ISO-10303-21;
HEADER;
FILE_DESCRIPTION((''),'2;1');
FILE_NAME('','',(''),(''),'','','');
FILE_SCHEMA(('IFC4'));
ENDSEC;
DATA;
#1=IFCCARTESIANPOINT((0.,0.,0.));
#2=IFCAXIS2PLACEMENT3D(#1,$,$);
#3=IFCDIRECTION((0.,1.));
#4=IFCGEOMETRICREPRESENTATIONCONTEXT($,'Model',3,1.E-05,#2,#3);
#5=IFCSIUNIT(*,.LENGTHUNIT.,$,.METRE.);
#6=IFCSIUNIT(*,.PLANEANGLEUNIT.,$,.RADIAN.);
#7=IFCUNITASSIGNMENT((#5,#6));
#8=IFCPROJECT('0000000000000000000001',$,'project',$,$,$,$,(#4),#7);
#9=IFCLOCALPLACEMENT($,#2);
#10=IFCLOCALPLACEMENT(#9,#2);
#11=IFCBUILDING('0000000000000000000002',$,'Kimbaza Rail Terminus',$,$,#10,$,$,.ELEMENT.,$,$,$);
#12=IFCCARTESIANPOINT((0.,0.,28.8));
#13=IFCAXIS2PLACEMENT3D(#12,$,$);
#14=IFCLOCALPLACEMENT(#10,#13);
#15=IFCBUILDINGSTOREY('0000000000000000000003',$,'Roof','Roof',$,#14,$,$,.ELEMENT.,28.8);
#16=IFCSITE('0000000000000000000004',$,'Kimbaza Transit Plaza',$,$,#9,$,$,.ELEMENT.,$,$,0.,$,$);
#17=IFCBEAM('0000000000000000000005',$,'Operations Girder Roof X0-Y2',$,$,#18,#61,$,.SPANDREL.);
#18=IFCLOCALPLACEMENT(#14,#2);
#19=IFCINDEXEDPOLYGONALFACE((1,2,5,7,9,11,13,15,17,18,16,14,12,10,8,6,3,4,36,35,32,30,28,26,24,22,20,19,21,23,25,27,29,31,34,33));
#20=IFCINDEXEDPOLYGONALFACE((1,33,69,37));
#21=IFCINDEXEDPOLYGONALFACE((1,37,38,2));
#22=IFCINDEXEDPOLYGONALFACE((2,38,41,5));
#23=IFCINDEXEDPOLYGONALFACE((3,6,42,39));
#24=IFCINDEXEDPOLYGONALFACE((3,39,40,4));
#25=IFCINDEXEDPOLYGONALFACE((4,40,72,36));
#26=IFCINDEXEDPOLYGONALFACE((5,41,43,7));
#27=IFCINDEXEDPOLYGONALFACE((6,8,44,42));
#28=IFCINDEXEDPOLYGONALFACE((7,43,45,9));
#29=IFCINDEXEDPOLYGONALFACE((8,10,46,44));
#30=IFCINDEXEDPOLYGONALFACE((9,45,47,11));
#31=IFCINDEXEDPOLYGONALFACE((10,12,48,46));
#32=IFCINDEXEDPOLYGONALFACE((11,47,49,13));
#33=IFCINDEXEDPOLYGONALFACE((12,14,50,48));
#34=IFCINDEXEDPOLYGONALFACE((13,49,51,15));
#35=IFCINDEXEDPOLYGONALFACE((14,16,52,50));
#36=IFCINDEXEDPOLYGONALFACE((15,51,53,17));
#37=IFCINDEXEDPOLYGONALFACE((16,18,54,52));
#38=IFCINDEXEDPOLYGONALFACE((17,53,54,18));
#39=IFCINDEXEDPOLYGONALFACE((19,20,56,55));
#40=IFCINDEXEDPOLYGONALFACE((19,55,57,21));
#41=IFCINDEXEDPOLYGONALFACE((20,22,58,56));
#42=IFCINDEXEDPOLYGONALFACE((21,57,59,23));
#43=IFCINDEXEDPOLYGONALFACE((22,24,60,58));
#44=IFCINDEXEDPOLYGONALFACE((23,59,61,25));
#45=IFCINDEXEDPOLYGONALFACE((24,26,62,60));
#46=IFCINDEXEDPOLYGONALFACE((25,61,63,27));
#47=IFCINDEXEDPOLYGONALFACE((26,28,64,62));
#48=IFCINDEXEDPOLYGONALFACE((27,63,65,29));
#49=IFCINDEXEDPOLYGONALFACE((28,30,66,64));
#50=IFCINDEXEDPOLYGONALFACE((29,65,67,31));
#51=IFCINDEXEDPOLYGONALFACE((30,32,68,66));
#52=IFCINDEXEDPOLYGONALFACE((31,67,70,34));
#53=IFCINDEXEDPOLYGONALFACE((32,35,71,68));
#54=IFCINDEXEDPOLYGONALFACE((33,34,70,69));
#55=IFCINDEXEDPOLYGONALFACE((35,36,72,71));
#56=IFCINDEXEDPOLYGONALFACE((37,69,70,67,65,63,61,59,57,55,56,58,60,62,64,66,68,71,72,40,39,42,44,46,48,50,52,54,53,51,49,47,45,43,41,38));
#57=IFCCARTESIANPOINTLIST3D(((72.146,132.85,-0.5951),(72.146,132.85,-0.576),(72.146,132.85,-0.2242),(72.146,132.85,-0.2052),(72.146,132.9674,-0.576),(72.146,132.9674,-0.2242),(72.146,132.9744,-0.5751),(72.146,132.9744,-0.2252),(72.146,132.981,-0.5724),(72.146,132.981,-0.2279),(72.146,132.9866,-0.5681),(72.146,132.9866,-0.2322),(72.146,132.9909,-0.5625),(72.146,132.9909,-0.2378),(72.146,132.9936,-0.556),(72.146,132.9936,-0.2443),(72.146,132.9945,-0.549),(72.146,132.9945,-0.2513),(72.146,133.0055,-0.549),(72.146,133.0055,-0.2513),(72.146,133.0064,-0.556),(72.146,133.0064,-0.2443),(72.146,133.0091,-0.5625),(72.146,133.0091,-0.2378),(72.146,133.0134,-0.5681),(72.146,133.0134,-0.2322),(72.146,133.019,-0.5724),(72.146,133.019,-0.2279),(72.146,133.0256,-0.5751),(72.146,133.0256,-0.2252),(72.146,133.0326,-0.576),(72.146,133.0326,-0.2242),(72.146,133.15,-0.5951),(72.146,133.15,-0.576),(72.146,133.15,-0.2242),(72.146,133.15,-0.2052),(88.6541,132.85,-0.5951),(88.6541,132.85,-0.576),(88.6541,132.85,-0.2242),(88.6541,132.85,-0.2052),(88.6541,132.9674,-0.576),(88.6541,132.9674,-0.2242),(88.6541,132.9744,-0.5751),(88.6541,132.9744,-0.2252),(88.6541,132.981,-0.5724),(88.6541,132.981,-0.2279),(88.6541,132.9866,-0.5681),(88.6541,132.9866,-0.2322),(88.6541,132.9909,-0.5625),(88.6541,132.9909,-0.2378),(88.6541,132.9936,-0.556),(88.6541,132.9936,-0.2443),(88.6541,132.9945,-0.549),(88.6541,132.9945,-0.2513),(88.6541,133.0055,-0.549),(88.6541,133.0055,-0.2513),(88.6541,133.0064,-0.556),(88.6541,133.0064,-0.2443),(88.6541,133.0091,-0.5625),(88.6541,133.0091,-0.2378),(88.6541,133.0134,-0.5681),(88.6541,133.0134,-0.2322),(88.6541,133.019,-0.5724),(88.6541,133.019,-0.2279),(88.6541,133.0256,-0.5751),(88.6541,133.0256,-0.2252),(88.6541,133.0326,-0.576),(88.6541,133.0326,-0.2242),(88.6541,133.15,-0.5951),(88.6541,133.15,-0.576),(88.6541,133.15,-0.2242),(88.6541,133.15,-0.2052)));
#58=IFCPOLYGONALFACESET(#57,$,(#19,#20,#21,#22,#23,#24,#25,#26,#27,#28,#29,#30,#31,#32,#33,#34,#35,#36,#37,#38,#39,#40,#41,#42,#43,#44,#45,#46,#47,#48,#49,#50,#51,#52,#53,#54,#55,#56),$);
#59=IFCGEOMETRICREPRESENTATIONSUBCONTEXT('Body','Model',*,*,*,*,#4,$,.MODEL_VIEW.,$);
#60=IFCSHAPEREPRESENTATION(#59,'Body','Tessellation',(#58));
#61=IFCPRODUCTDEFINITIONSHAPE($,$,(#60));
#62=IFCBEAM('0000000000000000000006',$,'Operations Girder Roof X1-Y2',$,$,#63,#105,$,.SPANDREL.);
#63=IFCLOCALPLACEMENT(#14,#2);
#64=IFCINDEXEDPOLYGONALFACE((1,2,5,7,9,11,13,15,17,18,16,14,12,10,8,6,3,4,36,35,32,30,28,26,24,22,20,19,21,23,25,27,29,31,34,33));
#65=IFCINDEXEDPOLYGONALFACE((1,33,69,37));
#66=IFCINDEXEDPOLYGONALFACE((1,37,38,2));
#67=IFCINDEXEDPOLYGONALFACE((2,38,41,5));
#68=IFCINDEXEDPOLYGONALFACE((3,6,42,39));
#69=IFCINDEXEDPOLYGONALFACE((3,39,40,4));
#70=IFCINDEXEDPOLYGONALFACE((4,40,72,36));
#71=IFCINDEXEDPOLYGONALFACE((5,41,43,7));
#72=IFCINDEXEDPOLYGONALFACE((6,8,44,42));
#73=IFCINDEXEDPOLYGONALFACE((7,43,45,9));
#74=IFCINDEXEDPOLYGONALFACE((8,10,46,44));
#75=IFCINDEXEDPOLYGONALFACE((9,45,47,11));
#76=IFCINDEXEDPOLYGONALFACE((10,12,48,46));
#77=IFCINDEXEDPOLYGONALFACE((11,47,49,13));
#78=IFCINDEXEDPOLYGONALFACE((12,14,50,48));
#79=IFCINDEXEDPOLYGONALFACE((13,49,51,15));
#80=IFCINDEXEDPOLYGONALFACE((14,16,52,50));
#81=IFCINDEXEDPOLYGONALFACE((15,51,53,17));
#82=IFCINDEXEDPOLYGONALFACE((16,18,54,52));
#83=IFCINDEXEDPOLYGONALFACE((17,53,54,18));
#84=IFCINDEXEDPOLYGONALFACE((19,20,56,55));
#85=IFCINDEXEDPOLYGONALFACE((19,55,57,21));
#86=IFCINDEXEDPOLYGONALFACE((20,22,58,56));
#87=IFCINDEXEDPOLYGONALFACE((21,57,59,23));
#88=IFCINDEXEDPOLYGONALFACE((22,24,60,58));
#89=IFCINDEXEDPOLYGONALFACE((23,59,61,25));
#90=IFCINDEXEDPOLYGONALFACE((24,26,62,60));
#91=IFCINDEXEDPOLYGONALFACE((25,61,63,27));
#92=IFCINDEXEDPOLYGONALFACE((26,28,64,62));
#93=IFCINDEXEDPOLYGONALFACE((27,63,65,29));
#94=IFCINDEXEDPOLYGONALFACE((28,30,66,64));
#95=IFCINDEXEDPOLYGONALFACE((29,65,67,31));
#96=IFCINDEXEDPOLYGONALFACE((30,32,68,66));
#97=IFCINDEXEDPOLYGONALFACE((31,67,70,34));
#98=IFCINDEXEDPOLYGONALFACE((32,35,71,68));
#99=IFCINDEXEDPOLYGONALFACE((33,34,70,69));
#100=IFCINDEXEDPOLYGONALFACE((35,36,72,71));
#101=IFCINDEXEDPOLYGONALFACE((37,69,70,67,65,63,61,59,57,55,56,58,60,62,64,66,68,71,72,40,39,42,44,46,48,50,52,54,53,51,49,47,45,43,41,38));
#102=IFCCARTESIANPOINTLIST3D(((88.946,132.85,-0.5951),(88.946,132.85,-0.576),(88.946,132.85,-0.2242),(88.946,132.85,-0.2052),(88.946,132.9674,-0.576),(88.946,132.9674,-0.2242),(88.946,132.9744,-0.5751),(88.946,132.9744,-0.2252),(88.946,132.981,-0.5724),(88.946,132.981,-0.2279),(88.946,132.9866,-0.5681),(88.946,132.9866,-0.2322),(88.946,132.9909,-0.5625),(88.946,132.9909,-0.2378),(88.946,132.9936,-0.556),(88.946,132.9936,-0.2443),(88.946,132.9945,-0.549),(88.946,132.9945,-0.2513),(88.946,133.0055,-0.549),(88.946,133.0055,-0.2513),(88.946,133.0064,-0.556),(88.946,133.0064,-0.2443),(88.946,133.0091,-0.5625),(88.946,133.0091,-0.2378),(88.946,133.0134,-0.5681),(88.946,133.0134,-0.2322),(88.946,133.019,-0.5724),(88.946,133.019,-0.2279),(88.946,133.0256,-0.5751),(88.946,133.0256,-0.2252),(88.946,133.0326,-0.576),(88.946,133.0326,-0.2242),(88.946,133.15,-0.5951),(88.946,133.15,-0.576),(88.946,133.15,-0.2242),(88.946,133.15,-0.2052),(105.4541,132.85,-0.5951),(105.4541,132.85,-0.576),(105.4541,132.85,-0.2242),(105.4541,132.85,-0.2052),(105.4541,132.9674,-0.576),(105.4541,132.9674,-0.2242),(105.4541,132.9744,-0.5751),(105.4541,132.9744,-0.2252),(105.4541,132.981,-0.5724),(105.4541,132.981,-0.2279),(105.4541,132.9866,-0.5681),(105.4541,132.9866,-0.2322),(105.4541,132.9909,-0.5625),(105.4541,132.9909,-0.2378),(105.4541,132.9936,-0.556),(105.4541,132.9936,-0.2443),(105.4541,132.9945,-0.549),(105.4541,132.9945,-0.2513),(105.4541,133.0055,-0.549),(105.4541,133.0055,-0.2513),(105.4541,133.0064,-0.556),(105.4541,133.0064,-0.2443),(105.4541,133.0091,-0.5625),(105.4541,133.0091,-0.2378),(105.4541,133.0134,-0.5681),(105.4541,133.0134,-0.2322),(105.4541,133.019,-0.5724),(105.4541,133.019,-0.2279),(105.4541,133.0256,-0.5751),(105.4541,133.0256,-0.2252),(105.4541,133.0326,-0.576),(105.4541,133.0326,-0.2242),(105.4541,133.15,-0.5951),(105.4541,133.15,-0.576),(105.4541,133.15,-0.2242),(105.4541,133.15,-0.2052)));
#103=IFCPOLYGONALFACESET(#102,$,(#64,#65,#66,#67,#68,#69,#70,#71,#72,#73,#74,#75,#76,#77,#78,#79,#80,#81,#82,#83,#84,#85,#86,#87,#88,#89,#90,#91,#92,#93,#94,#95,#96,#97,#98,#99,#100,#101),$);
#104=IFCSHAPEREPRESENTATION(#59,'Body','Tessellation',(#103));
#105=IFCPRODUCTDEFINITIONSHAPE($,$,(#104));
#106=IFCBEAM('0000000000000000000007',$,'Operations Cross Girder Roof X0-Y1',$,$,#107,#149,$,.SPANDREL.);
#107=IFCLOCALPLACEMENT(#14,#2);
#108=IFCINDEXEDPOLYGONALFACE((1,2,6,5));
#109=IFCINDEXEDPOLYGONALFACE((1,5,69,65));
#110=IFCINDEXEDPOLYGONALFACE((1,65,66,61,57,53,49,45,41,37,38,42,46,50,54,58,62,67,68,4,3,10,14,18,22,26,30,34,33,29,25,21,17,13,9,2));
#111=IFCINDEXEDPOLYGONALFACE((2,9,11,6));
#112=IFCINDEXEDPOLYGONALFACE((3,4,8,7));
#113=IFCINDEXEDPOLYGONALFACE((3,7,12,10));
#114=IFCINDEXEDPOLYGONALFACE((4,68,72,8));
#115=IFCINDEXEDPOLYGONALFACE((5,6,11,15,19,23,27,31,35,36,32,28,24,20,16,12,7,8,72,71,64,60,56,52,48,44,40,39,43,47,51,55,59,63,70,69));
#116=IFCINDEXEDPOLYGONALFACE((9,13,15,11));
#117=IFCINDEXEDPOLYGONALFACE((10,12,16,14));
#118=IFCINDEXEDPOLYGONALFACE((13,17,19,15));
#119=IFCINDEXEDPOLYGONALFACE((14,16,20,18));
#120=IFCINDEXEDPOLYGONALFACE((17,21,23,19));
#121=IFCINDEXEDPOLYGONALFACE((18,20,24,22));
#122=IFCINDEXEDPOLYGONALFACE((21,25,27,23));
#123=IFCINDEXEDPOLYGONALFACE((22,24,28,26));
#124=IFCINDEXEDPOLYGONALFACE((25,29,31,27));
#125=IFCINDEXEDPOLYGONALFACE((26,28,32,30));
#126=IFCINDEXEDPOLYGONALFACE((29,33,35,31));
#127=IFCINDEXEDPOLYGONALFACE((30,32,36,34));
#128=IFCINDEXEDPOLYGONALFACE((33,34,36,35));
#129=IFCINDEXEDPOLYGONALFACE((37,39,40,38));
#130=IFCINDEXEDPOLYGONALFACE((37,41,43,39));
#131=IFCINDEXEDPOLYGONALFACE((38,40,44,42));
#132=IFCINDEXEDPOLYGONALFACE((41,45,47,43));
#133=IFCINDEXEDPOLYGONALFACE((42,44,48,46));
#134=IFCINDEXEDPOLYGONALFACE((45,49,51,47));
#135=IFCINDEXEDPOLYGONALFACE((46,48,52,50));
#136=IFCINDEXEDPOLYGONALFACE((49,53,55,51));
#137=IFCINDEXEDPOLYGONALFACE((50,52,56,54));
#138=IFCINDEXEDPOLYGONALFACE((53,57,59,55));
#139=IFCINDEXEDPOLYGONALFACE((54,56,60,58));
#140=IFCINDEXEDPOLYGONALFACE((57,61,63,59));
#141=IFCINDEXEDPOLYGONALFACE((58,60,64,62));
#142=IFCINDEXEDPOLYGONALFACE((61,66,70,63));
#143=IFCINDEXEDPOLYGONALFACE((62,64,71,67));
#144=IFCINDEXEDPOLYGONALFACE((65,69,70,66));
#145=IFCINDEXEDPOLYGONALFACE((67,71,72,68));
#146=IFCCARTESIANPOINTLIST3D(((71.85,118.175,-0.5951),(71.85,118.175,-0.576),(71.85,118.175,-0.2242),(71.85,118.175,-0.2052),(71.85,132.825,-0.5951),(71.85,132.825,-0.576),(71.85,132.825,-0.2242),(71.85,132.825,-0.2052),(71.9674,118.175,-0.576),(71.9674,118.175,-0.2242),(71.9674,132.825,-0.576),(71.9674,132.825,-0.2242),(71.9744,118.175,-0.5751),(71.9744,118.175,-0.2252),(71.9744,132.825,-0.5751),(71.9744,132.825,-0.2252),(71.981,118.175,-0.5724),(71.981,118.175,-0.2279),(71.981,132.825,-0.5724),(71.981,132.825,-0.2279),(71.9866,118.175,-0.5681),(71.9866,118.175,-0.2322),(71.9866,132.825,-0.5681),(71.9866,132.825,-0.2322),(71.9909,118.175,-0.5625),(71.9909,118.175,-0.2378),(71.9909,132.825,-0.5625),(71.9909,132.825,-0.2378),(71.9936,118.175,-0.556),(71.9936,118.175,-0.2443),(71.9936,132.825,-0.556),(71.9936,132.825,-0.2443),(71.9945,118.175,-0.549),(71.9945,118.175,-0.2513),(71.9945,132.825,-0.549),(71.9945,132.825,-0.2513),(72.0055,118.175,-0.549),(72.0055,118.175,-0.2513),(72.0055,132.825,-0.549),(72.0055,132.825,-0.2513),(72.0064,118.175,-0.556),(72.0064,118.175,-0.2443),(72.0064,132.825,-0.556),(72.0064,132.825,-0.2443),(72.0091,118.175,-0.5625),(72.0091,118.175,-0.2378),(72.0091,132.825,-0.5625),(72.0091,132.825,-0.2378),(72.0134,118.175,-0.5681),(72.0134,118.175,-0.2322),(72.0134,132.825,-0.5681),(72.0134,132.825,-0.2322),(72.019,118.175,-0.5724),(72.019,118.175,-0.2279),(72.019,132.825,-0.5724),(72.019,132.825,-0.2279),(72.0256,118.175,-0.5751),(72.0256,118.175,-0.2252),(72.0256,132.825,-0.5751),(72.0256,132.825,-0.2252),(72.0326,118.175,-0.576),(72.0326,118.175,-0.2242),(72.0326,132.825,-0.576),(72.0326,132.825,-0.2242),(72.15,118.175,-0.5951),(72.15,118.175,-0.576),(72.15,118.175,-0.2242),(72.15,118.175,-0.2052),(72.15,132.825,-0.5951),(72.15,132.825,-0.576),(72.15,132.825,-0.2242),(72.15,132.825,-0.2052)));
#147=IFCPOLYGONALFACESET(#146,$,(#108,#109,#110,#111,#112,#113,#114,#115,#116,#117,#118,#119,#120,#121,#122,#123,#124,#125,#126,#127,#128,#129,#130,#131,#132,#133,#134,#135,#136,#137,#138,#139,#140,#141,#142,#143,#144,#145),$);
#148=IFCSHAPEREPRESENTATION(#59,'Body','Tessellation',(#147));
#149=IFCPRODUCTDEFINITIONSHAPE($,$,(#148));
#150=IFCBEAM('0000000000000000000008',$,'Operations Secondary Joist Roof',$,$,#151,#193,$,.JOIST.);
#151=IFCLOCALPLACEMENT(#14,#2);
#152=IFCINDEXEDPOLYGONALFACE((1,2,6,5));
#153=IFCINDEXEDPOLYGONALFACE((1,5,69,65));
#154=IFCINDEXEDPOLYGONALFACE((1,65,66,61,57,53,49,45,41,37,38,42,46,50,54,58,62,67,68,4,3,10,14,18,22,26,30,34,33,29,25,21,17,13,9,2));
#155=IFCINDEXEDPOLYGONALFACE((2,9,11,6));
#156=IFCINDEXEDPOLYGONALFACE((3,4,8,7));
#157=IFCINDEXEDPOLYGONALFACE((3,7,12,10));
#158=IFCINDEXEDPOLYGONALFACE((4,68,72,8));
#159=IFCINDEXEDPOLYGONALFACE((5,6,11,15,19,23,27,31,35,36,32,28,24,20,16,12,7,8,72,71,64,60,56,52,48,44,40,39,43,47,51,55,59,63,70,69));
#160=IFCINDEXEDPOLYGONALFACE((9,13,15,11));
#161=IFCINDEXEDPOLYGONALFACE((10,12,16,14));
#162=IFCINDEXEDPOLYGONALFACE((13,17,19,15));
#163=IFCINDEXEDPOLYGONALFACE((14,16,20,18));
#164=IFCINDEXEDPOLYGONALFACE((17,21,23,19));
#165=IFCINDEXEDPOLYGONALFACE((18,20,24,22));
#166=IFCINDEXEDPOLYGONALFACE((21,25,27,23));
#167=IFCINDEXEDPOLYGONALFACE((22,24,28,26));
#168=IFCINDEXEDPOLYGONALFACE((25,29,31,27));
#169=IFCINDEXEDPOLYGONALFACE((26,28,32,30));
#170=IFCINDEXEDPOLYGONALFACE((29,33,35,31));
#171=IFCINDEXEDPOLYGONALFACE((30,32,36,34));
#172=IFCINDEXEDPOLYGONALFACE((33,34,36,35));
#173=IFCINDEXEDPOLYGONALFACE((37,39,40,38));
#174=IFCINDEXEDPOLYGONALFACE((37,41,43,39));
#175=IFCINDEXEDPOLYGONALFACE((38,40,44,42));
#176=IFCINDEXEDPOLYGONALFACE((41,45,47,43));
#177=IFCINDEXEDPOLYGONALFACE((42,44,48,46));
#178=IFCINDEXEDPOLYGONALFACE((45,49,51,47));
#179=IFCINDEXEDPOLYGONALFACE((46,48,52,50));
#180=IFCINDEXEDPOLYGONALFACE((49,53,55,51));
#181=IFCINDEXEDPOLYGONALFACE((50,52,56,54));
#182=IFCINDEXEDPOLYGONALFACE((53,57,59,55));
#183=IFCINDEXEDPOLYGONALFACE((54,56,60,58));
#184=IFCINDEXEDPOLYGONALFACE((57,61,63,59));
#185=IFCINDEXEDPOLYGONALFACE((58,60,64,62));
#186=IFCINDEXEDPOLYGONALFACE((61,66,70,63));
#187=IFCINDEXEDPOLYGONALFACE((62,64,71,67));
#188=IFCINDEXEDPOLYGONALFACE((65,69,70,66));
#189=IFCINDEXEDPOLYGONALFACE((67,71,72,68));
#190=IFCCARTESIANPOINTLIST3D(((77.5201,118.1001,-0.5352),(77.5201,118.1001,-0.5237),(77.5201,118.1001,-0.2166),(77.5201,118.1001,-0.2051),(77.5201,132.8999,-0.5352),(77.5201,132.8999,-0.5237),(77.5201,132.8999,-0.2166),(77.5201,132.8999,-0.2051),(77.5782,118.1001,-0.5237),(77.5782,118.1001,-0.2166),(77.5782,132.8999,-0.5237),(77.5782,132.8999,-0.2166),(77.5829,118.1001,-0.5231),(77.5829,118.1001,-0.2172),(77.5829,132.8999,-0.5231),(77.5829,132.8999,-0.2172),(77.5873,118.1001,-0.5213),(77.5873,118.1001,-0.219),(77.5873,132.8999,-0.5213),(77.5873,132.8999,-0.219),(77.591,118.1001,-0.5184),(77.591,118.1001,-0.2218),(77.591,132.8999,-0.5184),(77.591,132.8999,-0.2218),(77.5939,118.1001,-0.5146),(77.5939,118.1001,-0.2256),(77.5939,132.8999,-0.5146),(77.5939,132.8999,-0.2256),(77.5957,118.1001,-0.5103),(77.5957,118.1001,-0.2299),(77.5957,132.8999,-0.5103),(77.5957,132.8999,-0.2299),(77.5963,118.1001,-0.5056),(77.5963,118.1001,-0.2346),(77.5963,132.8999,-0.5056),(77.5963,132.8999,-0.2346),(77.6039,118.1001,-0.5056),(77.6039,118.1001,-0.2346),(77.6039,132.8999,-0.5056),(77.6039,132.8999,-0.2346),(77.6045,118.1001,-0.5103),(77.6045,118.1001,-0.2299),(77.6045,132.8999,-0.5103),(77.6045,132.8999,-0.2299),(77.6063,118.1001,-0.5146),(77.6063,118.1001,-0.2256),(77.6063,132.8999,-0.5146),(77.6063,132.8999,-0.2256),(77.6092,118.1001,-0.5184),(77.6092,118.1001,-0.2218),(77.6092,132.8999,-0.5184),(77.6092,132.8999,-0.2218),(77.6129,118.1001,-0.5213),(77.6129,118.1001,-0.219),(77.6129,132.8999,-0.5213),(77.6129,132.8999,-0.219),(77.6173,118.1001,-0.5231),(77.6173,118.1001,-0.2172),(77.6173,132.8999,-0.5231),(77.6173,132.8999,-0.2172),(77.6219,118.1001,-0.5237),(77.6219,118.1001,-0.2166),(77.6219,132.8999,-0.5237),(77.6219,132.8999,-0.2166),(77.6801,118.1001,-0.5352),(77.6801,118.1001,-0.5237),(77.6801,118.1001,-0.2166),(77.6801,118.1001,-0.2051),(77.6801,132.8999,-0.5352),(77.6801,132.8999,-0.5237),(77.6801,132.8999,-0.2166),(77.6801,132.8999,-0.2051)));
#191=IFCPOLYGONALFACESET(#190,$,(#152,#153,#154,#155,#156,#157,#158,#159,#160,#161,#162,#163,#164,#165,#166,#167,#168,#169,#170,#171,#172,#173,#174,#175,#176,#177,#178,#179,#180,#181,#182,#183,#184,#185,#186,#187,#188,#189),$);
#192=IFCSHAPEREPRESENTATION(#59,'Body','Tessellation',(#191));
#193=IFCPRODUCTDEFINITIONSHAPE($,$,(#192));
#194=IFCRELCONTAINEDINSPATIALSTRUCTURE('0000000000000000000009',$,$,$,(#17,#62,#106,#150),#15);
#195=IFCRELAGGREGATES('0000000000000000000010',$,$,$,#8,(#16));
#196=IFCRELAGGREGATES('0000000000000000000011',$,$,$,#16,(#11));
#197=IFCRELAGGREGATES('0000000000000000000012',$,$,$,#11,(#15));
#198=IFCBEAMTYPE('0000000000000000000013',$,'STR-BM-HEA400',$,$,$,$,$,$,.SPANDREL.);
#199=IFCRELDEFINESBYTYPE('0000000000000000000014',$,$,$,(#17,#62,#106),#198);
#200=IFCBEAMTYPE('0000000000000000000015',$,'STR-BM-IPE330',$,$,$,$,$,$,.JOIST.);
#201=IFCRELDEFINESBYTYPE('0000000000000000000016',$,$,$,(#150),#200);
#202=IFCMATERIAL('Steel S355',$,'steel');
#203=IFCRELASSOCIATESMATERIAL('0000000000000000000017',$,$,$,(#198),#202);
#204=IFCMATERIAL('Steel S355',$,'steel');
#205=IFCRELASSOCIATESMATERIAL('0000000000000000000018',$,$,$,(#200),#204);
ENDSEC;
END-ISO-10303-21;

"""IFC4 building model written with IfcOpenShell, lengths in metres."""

from ifc_helpers import new_model, si_unit, direction, frame, origin, origin_2d, place, context, subcontext, project, spatial, i_section, extrude, material, material_profile, profile_set, type_object, element, save


model = new_model("IFC4")

# Units and contexts
model_context = context("Model", 3, precision=1e-05, world=origin(), true_north=direction((0.0, 1.0)))
body_context = subcontext(model_context, "Body", "Model", "MODEL_VIEW")
ifc_project = project(units=[si_unit("LENGTHUNIT", "METRE"), si_unit("PLANEANGLEUNIT", "RADIAN")], contexts=[model_context])

# Site, building, storey
site_placement = place(None, origin())
site = spatial("IfcSite", under=ifc_project, at=site_placement, Name="Kimbaza Transit Plaza", CompositionType="ELEMENT", RefElevation=0.0)
building_placement = place(site_placement, origin())
building = spatial("IfcBuilding", under=site, at=building_placement, Name="Kimbaza Rail Terminus", CompositionType="ELEMENT")
storey_placement = place(building_placement, frame((0.0, 0.0, 28.8)))
storey = spatial("IfcBuildingStorey", under=building, at=storey_placement, Name="Roof", Description="Roof", CompositionType="ELEMENT", Elevation=28.8)

# Beams
ifc_material_1 = material(Name="Steel S355", Category="steel")
ifc_material_profile_1 = material_profile(ifc_material_1, i_section(OverallWidth=0.3, OverallDepth=0.3899, WebThickness=0.011, FlangeThickness=0.019, FilletRadius=0.0271, at=origin_2d()), Name="HEA 400")
ifc_profile_set_1 = profile_set([ifc_material_profile_1], Name="Steel S355")
beam_type_1 = type_object("IfcBeamType", Name="STR-BM-HEA400", PredefinedType="SPANDREL", material=ifc_profile_set_1)
for number, where, z_axis, x_axis, name in (
    (1, (72.146, 133.0, -0.4001), (1.0, 0.0, 0.0), (0.0, 1.0, 0.0), "Operations Girder Roof X0-Y2"),
    (2, (88.946, 133.0, -0.4001), (1.0, 0.0, 0.0), (0.0, 1.0, 0.0), "Operations Girder Roof X1-Y2"),
):
    element("IfcBeam", number, at=place(storey_placement, frame(where, z_axis=z_axis, x_axis=x_axis)), inside=storey, type_object=beam_type_1, Name=name, PredefinedType="SPANDREL", context=body_context, shape_type="SweptSolid", body=[
        extrude(i_section(OverallWidth=0.3, OverallDepth=0.3899, WebThickness=0.011, FlangeThickness=0.019, FilletRadius=0.0271, at=origin_2d()), origin(), (0.0, 0.0, 1.0), 16.5081),
    ])
beam_1_placement = place(storey_placement, frame((72.0, 118.175, -0.4001), z_axis=(0.0, 1.0, 0.0), x_axis=(-1.0, 0.0, 0.0)))
element("IfcBeam", 3, at=beam_1_placement, inside=storey, type_object=beam_type_1, Name="Operations Cross Girder Roof X0-Y1", PredefinedType="SPANDREL", context=body_context, shape_type="SweptSolid", body=[
    extrude(i_section(OverallWidth=0.3, OverallDepth=0.3899, WebThickness=0.011, FlangeThickness=0.019, FilletRadius=0.0271, at=origin_2d()), origin(), (0.0, 0.0, 1.0), 14.6499),
])
ifc_material_2 = material(Name="Steel S355", Category="steel")
ifc_material_profile_2 = material_profile(ifc_material_2, i_section(OverallWidth=0.1599, OverallDepth=0.3301, WebThickness=0.0076, FlangeThickness=0.0115, FilletRadius=0.0181, at=origin_2d()), Name="IPE 330")
ifc_profile_set_2 = profile_set([ifc_material_profile_2], Name="Steel S355")
beam_type_2 = type_object("IfcBeamType", Name="STR-BM-IPE330", PredefinedType="JOIST", material=ifc_profile_set_2)
for number, where, z_axis, x_axis, name in (
    (4, (77.6001, 118.1001, -0.3701), (0.0, 1.0, 0.0), (-1.0, 0.0, 0.0), "Operations Secondary Joist Roof"),
):
    element("IfcBeam", number, at=place(storey_placement, frame(where, z_axis=z_axis, x_axis=x_axis)), inside=storey, type_object=beam_type_2, Name=name, PredefinedType="JOIST", context=body_context, shape_type="SweptSolid", body=[
        extrude(i_section(OverallWidth=0.1599, OverallDepth=0.3301, WebThickness=0.0076, FlangeThickness=0.0115, FilletRadius=0.0181, at=origin_2d()), origin(), (0.0, 0.0, 1.0), 14.7998),
    ])

save(model, "model.ifc")
